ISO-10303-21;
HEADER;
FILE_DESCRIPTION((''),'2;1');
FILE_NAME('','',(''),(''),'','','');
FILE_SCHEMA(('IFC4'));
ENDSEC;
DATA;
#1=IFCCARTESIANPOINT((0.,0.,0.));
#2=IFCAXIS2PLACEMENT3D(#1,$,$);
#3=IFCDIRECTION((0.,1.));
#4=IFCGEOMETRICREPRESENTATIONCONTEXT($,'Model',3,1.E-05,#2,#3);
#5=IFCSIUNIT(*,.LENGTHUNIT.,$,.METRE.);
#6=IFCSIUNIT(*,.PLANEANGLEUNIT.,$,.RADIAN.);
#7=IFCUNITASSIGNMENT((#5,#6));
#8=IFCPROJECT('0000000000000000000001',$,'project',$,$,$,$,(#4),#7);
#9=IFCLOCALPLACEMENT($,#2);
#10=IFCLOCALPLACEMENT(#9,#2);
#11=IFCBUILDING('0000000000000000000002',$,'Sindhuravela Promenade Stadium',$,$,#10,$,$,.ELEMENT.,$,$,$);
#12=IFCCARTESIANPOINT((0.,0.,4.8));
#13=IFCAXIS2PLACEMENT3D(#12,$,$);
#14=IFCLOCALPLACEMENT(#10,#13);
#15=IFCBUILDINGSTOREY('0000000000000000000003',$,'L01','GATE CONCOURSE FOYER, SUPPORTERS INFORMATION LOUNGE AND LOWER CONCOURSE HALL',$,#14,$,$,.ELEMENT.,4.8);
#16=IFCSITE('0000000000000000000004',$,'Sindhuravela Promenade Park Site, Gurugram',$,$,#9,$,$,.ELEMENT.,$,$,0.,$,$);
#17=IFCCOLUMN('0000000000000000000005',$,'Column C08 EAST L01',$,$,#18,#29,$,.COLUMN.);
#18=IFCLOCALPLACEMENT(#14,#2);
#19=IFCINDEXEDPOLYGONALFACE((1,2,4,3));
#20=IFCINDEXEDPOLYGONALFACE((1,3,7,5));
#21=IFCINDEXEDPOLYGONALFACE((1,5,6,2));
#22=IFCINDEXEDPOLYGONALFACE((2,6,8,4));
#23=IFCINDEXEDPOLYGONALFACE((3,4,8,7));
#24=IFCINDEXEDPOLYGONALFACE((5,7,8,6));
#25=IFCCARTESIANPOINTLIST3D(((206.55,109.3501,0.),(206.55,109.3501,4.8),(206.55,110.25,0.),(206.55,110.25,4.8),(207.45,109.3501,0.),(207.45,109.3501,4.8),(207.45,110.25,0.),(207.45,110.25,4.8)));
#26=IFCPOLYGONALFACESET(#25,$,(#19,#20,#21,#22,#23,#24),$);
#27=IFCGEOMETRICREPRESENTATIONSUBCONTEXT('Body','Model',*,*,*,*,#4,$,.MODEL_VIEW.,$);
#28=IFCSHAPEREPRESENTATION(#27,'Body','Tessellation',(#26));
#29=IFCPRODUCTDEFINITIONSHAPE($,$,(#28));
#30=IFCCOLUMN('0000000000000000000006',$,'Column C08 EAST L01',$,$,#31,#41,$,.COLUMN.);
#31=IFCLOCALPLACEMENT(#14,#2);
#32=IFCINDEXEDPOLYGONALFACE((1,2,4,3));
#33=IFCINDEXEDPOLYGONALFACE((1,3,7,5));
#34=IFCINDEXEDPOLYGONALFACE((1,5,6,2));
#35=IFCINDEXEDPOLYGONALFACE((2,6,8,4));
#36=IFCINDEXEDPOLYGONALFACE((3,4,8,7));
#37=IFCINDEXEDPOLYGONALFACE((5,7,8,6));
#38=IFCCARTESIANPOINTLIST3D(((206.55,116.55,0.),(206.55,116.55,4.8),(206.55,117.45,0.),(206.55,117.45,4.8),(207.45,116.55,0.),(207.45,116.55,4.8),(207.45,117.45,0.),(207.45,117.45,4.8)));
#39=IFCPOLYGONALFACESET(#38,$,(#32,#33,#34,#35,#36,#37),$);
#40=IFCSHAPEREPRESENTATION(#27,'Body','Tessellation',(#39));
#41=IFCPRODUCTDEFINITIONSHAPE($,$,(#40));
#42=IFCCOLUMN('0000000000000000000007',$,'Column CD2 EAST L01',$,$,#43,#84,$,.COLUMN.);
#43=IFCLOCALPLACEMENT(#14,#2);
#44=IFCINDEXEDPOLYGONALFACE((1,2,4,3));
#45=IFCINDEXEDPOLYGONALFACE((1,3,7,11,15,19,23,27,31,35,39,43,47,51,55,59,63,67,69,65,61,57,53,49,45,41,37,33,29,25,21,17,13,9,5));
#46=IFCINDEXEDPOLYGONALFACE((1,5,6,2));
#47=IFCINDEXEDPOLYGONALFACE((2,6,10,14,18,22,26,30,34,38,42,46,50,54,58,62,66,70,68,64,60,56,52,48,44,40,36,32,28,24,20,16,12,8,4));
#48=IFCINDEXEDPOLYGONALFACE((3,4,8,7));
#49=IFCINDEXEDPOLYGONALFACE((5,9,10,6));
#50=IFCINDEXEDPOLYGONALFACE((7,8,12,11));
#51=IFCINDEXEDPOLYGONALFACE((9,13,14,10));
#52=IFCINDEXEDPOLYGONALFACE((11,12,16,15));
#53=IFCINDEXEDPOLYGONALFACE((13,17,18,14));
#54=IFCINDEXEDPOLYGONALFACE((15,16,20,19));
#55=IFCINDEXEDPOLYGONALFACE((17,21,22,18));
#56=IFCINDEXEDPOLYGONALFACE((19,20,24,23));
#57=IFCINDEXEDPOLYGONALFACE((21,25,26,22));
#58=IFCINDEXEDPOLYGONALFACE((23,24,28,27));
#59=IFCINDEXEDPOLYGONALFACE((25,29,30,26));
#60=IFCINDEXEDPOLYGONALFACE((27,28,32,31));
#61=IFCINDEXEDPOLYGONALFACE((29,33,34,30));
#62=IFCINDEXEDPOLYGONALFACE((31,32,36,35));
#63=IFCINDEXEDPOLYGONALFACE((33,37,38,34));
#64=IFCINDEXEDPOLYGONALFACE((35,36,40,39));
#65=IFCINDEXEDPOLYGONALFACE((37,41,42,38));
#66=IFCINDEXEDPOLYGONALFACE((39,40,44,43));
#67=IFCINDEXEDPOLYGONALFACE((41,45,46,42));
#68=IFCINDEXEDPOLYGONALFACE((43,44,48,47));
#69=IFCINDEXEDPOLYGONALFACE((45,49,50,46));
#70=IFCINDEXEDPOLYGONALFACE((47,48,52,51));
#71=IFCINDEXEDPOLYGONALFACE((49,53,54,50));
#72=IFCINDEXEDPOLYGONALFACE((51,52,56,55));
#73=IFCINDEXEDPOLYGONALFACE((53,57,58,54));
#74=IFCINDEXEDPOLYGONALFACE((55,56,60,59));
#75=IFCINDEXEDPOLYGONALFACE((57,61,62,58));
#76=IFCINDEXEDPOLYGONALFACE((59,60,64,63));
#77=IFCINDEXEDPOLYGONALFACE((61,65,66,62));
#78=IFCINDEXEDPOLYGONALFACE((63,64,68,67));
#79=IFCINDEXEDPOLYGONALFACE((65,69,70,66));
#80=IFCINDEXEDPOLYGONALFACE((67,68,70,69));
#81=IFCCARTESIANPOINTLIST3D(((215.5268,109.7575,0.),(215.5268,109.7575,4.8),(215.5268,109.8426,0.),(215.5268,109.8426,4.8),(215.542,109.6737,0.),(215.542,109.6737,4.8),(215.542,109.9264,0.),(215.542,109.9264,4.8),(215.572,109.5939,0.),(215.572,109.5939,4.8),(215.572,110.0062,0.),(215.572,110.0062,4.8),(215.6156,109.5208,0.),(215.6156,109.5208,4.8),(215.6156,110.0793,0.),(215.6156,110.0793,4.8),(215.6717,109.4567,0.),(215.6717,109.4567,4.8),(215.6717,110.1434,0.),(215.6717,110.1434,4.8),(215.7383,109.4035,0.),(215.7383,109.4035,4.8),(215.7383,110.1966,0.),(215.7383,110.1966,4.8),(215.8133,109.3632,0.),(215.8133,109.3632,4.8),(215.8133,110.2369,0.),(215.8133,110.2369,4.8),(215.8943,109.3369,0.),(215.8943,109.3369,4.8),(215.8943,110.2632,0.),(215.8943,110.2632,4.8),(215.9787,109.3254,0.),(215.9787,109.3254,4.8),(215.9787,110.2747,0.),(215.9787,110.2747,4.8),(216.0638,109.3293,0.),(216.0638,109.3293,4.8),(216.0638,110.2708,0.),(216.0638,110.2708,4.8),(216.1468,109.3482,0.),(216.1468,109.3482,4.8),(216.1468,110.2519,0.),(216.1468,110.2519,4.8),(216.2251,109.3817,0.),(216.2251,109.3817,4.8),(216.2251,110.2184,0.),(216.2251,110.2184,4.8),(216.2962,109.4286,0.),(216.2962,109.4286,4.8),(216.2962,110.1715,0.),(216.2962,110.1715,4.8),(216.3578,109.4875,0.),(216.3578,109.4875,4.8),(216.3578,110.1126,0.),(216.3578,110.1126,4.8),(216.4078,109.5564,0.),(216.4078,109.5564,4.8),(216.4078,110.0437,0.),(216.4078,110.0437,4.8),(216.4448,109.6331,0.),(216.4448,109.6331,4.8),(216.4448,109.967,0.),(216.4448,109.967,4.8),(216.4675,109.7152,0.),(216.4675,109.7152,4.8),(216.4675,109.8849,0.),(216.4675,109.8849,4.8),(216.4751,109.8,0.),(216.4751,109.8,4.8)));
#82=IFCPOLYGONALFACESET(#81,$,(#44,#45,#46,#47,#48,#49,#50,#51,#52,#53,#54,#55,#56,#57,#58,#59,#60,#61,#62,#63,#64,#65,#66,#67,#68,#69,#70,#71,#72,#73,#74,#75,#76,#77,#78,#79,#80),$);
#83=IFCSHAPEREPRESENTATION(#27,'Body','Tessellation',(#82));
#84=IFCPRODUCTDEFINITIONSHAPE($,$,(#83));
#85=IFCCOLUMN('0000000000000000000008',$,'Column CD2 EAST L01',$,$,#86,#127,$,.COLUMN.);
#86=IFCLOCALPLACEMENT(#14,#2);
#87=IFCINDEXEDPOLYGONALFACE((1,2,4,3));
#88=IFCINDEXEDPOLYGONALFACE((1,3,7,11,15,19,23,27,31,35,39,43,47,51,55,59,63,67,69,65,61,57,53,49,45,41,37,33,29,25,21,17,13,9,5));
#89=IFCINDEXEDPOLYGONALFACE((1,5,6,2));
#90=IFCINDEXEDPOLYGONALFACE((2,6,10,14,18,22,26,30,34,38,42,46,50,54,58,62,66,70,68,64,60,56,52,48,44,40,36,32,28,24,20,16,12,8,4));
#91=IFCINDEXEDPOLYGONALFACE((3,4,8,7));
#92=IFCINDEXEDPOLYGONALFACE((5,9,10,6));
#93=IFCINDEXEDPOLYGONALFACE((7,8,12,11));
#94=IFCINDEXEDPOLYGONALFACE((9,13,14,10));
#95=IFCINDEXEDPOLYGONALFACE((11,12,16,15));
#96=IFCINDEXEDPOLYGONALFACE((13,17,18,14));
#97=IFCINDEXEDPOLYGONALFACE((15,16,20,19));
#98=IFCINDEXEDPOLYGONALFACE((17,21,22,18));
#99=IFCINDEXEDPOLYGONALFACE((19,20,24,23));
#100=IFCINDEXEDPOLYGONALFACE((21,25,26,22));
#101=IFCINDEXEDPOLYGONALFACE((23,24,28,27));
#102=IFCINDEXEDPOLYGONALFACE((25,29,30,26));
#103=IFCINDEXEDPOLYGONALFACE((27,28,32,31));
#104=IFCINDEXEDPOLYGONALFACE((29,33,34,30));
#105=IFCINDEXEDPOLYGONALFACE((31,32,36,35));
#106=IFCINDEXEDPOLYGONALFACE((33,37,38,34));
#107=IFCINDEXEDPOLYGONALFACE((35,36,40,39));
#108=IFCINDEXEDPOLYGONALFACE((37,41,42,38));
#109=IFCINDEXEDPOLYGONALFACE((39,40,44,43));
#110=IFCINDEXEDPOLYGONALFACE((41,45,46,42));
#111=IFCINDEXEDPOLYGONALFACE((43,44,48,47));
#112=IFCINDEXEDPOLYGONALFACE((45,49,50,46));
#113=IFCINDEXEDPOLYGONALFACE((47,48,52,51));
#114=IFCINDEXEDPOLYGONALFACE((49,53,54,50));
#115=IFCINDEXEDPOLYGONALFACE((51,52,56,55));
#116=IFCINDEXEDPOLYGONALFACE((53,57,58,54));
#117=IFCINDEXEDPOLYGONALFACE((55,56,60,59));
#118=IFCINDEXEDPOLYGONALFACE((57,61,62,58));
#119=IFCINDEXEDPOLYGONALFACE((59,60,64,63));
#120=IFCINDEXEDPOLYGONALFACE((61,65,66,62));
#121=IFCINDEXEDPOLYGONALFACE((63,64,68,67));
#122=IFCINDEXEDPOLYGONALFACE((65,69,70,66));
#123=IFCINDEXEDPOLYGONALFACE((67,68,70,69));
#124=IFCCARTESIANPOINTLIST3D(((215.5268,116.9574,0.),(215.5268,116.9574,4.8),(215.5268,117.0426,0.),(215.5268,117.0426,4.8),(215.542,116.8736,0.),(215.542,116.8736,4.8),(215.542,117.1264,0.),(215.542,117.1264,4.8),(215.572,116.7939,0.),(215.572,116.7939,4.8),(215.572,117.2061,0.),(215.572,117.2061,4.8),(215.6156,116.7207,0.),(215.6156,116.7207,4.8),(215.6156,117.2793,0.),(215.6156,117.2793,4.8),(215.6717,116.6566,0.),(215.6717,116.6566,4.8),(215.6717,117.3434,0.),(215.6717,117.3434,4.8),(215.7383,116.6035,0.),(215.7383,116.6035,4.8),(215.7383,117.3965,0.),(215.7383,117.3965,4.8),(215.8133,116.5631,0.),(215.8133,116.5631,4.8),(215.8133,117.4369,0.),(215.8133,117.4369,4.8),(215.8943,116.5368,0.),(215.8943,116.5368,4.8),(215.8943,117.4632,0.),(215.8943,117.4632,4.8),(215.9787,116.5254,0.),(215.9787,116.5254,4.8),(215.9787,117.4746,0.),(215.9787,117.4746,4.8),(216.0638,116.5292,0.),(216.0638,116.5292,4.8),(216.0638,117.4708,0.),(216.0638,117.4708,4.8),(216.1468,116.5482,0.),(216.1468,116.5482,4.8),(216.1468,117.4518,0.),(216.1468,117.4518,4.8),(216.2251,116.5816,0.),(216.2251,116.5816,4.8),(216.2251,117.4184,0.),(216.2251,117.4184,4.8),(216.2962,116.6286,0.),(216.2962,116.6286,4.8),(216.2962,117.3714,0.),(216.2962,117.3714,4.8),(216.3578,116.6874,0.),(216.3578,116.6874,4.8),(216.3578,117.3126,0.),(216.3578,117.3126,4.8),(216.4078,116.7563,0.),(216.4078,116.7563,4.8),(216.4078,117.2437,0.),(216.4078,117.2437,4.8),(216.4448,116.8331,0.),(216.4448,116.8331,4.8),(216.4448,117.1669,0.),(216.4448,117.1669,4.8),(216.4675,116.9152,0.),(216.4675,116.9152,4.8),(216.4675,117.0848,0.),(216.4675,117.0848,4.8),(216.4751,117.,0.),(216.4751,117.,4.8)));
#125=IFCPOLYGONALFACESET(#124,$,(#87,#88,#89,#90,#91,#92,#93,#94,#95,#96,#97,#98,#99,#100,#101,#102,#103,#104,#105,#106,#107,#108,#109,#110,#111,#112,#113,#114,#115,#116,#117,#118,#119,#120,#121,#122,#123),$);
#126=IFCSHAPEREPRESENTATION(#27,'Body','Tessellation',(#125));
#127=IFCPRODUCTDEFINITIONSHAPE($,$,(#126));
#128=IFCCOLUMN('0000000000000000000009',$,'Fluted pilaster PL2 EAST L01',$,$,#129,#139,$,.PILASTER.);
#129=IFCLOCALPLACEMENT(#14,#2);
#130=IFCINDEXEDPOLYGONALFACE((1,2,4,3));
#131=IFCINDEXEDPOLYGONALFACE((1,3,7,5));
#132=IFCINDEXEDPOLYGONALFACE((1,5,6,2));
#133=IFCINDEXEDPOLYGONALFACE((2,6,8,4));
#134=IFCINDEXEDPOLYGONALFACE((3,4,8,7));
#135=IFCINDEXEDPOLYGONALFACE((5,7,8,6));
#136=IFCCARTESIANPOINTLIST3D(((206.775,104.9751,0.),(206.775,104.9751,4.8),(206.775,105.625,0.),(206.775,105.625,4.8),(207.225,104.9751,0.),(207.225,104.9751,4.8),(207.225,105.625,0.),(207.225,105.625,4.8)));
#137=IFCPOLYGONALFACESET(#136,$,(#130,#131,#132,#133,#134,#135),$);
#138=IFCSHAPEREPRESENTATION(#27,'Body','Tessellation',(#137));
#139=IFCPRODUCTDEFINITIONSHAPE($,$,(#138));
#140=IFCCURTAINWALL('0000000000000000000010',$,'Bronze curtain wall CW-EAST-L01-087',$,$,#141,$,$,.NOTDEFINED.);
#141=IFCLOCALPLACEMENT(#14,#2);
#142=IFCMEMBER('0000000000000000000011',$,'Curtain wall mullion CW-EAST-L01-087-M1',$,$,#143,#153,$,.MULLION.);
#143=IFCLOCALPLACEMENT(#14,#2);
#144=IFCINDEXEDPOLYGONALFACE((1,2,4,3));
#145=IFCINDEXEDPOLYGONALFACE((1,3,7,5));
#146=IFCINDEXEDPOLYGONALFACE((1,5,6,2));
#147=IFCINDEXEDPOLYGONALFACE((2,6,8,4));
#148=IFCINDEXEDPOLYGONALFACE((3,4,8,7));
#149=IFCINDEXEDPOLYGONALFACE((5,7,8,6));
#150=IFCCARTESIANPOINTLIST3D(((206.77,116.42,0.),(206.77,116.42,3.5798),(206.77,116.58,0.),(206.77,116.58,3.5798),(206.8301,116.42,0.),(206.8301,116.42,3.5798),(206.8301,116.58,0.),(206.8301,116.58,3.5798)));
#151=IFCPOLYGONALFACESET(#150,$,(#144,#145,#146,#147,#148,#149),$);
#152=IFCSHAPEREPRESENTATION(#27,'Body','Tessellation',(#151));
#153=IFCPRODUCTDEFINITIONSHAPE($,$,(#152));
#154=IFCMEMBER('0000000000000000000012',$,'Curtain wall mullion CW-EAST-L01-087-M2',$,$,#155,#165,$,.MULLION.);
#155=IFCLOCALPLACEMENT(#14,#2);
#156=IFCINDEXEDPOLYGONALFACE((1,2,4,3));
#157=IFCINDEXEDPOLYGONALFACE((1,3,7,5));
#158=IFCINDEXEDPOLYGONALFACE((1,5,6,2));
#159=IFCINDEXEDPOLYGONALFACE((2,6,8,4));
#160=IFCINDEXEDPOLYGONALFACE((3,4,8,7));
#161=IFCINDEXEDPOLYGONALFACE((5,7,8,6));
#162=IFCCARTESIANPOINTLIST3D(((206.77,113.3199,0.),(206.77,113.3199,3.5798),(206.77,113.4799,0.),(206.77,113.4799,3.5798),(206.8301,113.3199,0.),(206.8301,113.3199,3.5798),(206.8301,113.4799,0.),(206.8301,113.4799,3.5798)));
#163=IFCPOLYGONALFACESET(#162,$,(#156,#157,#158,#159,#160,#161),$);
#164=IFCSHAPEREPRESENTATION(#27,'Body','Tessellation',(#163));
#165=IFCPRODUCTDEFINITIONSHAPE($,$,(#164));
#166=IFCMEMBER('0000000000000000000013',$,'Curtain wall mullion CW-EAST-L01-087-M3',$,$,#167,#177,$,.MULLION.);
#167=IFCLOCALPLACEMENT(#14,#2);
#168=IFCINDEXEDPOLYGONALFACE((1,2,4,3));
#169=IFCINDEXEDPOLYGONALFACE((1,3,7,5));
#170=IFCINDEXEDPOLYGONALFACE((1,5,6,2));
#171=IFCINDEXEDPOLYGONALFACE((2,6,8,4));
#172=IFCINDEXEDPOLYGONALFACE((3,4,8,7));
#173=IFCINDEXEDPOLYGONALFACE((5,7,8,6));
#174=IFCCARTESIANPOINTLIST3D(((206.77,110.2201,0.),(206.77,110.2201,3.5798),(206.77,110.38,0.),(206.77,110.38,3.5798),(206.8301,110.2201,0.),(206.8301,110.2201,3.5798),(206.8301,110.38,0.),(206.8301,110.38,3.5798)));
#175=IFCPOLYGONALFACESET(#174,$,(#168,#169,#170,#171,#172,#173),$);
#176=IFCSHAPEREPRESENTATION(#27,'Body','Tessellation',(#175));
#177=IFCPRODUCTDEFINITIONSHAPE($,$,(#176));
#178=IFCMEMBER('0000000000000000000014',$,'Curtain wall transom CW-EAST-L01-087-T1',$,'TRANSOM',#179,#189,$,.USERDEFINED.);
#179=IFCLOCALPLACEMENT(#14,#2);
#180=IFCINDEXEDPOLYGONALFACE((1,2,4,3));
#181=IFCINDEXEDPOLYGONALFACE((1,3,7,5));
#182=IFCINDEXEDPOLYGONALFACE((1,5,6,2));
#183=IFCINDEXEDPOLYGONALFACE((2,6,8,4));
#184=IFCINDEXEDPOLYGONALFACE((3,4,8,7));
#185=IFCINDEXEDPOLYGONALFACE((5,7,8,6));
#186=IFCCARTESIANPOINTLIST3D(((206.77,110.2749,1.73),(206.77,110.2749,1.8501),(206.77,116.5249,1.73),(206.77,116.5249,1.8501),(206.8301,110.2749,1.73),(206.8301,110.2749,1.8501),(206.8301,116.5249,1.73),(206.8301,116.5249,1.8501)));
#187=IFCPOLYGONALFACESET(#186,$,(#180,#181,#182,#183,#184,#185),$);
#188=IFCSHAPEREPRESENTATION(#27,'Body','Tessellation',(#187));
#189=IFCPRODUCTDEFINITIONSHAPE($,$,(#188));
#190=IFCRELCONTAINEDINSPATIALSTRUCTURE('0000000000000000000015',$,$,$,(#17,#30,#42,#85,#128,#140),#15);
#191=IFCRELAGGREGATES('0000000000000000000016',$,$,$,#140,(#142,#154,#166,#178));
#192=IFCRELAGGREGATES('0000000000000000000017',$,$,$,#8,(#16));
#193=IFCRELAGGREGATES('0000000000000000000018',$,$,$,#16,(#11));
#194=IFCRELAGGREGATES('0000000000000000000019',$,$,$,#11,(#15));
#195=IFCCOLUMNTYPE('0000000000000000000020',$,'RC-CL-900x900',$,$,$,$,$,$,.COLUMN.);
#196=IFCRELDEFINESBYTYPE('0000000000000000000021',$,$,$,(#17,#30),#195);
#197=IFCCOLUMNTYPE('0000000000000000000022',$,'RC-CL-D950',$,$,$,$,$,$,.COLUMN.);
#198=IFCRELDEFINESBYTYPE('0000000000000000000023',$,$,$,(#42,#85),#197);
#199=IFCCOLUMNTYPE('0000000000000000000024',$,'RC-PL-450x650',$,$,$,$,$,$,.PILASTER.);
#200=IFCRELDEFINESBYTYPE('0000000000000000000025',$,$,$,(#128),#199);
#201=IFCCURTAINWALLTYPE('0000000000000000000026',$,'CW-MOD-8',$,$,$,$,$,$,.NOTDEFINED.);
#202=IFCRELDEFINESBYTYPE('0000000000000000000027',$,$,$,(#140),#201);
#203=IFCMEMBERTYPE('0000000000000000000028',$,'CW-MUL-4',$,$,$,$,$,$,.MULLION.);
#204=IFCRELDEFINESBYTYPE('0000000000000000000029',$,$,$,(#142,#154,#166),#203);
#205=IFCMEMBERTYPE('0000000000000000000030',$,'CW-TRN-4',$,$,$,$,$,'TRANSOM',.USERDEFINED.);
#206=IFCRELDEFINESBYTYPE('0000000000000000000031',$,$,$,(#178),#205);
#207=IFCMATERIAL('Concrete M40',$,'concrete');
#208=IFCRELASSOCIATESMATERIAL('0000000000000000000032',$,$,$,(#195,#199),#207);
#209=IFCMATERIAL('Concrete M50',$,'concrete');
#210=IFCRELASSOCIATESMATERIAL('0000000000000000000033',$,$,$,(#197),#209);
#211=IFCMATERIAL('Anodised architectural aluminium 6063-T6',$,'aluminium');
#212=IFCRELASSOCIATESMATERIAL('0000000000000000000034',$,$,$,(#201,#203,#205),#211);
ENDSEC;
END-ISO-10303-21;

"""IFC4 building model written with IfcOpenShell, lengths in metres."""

from ifc_helpers import new_model, si_unit, direction, frame, origin, origin_2d, place, context, subcontext, project, spatial, rectangle, circle, extrude, material, material_profile, profile_set, type_object, element, aggregate, save


model = new_model("IFC4")

# Units and contexts
model_context = context("Model", 3, precision=1e-05, world=origin(), true_north=direction((0.0, 1.0)))
body_context = subcontext(model_context, "Body", "Model", "MODEL_VIEW")
ifc_project = project(units=[si_unit("LENGTHUNIT", "METRE"), si_unit("PLANEANGLEUNIT", "RADIAN")], contexts=[model_context])

# Site, building, storey
site_placement = place(None, origin())
site = spatial("IfcSite", under=ifc_project, at=site_placement, Name="Sindhuravela Promenade Park Site, Gurugram", CompositionType="ELEMENT", RefElevation=0.0)
building_placement = place(site_placement, origin())
building = spatial("IfcBuilding", under=site, at=building_placement, Name="Sindhuravela Promenade Stadium", CompositionType="ELEMENT")
storey_placement = place(building_placement, frame((0.0, 0.0, 4.8)))
storey = spatial("IfcBuildingStorey", under=building, at=storey_placement, Name="L01", Description="GATE CONCOURSE FOYER, SUPPORTERS INFORMATION LOUNGE AND LOWER CONCOURSE HALL", CompositionType="ELEMENT", Elevation=4.8)

# Columns
ifc_material_1 = material(Name="Concrete M40", Category="concrete")
ifc_material_profile_1 = material_profile(ifc_material_1, rectangle(XDim=0.8999, YDim=0.8999, at=origin_2d()), Name="RC 900x900")
ifc_profile_set_1 = profile_set([ifc_material_profile_1], Name="Concrete M40")
column_type_1 = type_object("IfcColumnType", Name="RC-CL-900x900", PredefinedType="COLUMN", material=ifc_profile_set_1)
for number, where, z_axis, x_axis, name in (
    (1, (207.0, 109.8, 0.0), (0.0, 0.0, 1.0), (1.0, 0.0, 0.0), "Column C08 EAST L01"),
    (2, (207.0, 117.0, 0.0), (0.0, 0.0, 1.0), (1.0, 0.0, 0.0), "Column C08 EAST L01"),
):
    element("IfcColumn", number, at=place(storey_placement, frame(where, z_axis=z_axis, x_axis=x_axis)), inside=storey, type_object=column_type_1, Name=name, PredefinedType="COLUMN", context=body_context, shape_type="SweptSolid", body=[
        extrude(rectangle(XDim=0.8999, YDim=0.8999, at=origin_2d()), origin(), (0.0, 0.0, 1.0), 4.8),
    ])
ifc_material_2 = material(Name="Concrete M50", Category="concrete")
ifc_material_profile_2 = material_profile(ifc_material_2, circle(Radius=0.4751, at=origin_2d()), Name="RC D950")
ifc_profile_set_2 = profile_set([ifc_material_profile_2], Name="Concrete M50")
column_type_2 = type_object("IfcColumnType", Name="RC-CL-D950", PredefinedType="COLUMN", material=ifc_profile_set_2)
for number, where, z_axis, x_axis, name in (
    (3, (216.0, 109.8, 0.0), (0.0, 0.0, 1.0), (1.0, 0.0, 0.0), "Column CD2 EAST L01"),
    (4, (216.0, 117.0, 0.0), (0.0, 0.0, 1.0), (1.0, 0.0, 0.0), "Column CD2 EAST L01"),
):
    element("IfcColumn", number, at=place(storey_placement, frame(where, z_axis=z_axis, x_axis=x_axis)), inside=storey, type_object=column_type_2, Name=name, PredefinedType="COLUMN", context=body_context, shape_type="SweptSolid", body=[
        extrude(circle(Radius=0.4751, at=origin_2d()), origin(), (0.0, 0.0, 1.0), 4.8),
    ])
ifc_material_profile_3 = material_profile(ifc_material_1, rectangle(XDim=0.45, YDim=0.6499, at=origin_2d()), Name="PIL 450x650")
ifc_profile_set_3 = profile_set([ifc_material_profile_3], Name="Concrete M40")
column_type_3 = type_object("IfcColumnType", Name="RC-PL-450x650", PredefinedType="PILASTER", material=ifc_profile_set_3)
column_placement = place(storey_placement, frame((207.0, 105.3, 0.0), z_axis=(0.0, 0.0, 1.0), x_axis=(1.0, 0.0, 0.0)))
element("IfcColumn", 5, at=column_placement, inside=storey, type_object=column_type_3, Name="Fluted pilaster PL2 EAST L01", PredefinedType="PILASTER", context=body_context, shape_type="SweptSolid", body=[
    extrude(rectangle(XDim=0.45, YDim=0.6499, at=origin_2d()), origin(), (0.0, 0.0, 1.0), 4.8),
])

# Curtain wall, members
ifc_material_3 = material(Name="Anodised architectural aluminium 6063-T6", Category="aluminium")
curtain_wall_type = type_object("IfcCurtainWallType", Name="CW-MOD-8", PredefinedType="NOTDEFINED", material=ifc_material_3)
curtain_wall_placement = place(storey_placement, origin())
curtain_wall = element("IfcCurtainWall", 6, at=curtain_wall_placement, inside=storey, type_object=curtain_wall_type, Name="Bronze curtain wall CW-EAST-L01-087", PredefinedType="NOTDEFINED")
ifc_material_profile_4 = material_profile(ifc_material_3, rectangle(XDim=0.0601, YDim=0.1599, at=origin_2d()), Name="ALU M60x160")
ifc_profile_set_4 = profile_set([ifc_material_profile_4], Name="Anodised architectural aluminium 6063-T6")
member_type_1 = type_object("IfcMemberType", Name="CW-MUL-4", PredefinedType="MULLION", material=ifc_profile_set_4)
member_1_placement = place(storey_placement, frame((206.8, 116.5, 0.0), z_axis=(0.0, 0.0, 1.0), x_axis=(1.0, 0.0, 0.0)))
member_1 = element("IfcMember", 7, at=member_1_placement, type_object=member_type_1, Name="Curtain wall mullion CW-EAST-L01-087-M1", PredefinedType="MULLION", context=body_context, shape_type="SweptSolid", body=[
    extrude(rectangle(XDim=0.0601, YDim=0.1599, at=origin_2d()), origin(), (0.0, 0.0, 1.0), 3.5798),
])
member_2_placement = place(storey_placement, frame((206.8, 113.3999, 0.0), z_axis=(0.0, 0.0, 1.0), x_axis=(1.0, 0.0, 0.0)))
member_2 = element("IfcMember", 8, at=member_2_placement, type_object=member_type_1, Name="Curtain wall mullion CW-EAST-L01-087-M2", PredefinedType="MULLION", context=body_context, shape_type="SweptSolid", body=[
    extrude(rectangle(XDim=0.0601, YDim=0.1599, at=origin_2d()), origin(), (0.0, 0.0, 1.0), 3.5798),
])
member_3_placement = place(storey_placement, frame((206.8, 110.3, 0.0), z_axis=(0.0, 0.0, 1.0), x_axis=(1.0, 0.0, 0.0)))
member_3 = element("IfcMember", 9, at=member_3_placement, type_object=member_type_1, Name="Curtain wall mullion CW-EAST-L01-087-M3", PredefinedType="MULLION", context=body_context, shape_type="SweptSolid", body=[
    extrude(rectangle(XDim=0.0601, YDim=0.1599, at=origin_2d()), origin(), (0.0, 0.0, 1.0), 3.5798),
])
ifc_material_profile_5 = material_profile(ifc_material_3, rectangle(XDim=0.0601, YDim=0.1201, at=origin_2d()), Name="ALU T60x120")
ifc_profile_set_5 = profile_set([ifc_material_profile_5], Name="Anodised architectural aluminium 6063-T6")
member_type_2 = type_object("IfcMemberType", Name="CW-TRN-4", ElementType="TRANSOM", PredefinedType="USERDEFINED", material=ifc_profile_set_5)
member_4_placement = place(storey_placement, frame((206.8, 116.5249, 1.79), z_axis=(0.0, -1.0, 0.0), x_axis=(1.0, 0.0, 0.0)))
member_4 = element("IfcMember", 10, at=member_4_placement, type_object=member_type_2, Name="Curtain wall transom CW-EAST-L01-087-T1", ObjectType="TRANSOM", PredefinedType="USERDEFINED", context=body_context, shape_type="SweptSolid", body=[
    extrude(rectangle(XDim=0.0601, YDim=0.1201, at=origin_2d()), origin(), (0.0, 0.0, 1.0), 6.25),
])

aggregate(curtain_wall, [member_1, member_2, member_3, member_4])

save(model, "model.ifc")
